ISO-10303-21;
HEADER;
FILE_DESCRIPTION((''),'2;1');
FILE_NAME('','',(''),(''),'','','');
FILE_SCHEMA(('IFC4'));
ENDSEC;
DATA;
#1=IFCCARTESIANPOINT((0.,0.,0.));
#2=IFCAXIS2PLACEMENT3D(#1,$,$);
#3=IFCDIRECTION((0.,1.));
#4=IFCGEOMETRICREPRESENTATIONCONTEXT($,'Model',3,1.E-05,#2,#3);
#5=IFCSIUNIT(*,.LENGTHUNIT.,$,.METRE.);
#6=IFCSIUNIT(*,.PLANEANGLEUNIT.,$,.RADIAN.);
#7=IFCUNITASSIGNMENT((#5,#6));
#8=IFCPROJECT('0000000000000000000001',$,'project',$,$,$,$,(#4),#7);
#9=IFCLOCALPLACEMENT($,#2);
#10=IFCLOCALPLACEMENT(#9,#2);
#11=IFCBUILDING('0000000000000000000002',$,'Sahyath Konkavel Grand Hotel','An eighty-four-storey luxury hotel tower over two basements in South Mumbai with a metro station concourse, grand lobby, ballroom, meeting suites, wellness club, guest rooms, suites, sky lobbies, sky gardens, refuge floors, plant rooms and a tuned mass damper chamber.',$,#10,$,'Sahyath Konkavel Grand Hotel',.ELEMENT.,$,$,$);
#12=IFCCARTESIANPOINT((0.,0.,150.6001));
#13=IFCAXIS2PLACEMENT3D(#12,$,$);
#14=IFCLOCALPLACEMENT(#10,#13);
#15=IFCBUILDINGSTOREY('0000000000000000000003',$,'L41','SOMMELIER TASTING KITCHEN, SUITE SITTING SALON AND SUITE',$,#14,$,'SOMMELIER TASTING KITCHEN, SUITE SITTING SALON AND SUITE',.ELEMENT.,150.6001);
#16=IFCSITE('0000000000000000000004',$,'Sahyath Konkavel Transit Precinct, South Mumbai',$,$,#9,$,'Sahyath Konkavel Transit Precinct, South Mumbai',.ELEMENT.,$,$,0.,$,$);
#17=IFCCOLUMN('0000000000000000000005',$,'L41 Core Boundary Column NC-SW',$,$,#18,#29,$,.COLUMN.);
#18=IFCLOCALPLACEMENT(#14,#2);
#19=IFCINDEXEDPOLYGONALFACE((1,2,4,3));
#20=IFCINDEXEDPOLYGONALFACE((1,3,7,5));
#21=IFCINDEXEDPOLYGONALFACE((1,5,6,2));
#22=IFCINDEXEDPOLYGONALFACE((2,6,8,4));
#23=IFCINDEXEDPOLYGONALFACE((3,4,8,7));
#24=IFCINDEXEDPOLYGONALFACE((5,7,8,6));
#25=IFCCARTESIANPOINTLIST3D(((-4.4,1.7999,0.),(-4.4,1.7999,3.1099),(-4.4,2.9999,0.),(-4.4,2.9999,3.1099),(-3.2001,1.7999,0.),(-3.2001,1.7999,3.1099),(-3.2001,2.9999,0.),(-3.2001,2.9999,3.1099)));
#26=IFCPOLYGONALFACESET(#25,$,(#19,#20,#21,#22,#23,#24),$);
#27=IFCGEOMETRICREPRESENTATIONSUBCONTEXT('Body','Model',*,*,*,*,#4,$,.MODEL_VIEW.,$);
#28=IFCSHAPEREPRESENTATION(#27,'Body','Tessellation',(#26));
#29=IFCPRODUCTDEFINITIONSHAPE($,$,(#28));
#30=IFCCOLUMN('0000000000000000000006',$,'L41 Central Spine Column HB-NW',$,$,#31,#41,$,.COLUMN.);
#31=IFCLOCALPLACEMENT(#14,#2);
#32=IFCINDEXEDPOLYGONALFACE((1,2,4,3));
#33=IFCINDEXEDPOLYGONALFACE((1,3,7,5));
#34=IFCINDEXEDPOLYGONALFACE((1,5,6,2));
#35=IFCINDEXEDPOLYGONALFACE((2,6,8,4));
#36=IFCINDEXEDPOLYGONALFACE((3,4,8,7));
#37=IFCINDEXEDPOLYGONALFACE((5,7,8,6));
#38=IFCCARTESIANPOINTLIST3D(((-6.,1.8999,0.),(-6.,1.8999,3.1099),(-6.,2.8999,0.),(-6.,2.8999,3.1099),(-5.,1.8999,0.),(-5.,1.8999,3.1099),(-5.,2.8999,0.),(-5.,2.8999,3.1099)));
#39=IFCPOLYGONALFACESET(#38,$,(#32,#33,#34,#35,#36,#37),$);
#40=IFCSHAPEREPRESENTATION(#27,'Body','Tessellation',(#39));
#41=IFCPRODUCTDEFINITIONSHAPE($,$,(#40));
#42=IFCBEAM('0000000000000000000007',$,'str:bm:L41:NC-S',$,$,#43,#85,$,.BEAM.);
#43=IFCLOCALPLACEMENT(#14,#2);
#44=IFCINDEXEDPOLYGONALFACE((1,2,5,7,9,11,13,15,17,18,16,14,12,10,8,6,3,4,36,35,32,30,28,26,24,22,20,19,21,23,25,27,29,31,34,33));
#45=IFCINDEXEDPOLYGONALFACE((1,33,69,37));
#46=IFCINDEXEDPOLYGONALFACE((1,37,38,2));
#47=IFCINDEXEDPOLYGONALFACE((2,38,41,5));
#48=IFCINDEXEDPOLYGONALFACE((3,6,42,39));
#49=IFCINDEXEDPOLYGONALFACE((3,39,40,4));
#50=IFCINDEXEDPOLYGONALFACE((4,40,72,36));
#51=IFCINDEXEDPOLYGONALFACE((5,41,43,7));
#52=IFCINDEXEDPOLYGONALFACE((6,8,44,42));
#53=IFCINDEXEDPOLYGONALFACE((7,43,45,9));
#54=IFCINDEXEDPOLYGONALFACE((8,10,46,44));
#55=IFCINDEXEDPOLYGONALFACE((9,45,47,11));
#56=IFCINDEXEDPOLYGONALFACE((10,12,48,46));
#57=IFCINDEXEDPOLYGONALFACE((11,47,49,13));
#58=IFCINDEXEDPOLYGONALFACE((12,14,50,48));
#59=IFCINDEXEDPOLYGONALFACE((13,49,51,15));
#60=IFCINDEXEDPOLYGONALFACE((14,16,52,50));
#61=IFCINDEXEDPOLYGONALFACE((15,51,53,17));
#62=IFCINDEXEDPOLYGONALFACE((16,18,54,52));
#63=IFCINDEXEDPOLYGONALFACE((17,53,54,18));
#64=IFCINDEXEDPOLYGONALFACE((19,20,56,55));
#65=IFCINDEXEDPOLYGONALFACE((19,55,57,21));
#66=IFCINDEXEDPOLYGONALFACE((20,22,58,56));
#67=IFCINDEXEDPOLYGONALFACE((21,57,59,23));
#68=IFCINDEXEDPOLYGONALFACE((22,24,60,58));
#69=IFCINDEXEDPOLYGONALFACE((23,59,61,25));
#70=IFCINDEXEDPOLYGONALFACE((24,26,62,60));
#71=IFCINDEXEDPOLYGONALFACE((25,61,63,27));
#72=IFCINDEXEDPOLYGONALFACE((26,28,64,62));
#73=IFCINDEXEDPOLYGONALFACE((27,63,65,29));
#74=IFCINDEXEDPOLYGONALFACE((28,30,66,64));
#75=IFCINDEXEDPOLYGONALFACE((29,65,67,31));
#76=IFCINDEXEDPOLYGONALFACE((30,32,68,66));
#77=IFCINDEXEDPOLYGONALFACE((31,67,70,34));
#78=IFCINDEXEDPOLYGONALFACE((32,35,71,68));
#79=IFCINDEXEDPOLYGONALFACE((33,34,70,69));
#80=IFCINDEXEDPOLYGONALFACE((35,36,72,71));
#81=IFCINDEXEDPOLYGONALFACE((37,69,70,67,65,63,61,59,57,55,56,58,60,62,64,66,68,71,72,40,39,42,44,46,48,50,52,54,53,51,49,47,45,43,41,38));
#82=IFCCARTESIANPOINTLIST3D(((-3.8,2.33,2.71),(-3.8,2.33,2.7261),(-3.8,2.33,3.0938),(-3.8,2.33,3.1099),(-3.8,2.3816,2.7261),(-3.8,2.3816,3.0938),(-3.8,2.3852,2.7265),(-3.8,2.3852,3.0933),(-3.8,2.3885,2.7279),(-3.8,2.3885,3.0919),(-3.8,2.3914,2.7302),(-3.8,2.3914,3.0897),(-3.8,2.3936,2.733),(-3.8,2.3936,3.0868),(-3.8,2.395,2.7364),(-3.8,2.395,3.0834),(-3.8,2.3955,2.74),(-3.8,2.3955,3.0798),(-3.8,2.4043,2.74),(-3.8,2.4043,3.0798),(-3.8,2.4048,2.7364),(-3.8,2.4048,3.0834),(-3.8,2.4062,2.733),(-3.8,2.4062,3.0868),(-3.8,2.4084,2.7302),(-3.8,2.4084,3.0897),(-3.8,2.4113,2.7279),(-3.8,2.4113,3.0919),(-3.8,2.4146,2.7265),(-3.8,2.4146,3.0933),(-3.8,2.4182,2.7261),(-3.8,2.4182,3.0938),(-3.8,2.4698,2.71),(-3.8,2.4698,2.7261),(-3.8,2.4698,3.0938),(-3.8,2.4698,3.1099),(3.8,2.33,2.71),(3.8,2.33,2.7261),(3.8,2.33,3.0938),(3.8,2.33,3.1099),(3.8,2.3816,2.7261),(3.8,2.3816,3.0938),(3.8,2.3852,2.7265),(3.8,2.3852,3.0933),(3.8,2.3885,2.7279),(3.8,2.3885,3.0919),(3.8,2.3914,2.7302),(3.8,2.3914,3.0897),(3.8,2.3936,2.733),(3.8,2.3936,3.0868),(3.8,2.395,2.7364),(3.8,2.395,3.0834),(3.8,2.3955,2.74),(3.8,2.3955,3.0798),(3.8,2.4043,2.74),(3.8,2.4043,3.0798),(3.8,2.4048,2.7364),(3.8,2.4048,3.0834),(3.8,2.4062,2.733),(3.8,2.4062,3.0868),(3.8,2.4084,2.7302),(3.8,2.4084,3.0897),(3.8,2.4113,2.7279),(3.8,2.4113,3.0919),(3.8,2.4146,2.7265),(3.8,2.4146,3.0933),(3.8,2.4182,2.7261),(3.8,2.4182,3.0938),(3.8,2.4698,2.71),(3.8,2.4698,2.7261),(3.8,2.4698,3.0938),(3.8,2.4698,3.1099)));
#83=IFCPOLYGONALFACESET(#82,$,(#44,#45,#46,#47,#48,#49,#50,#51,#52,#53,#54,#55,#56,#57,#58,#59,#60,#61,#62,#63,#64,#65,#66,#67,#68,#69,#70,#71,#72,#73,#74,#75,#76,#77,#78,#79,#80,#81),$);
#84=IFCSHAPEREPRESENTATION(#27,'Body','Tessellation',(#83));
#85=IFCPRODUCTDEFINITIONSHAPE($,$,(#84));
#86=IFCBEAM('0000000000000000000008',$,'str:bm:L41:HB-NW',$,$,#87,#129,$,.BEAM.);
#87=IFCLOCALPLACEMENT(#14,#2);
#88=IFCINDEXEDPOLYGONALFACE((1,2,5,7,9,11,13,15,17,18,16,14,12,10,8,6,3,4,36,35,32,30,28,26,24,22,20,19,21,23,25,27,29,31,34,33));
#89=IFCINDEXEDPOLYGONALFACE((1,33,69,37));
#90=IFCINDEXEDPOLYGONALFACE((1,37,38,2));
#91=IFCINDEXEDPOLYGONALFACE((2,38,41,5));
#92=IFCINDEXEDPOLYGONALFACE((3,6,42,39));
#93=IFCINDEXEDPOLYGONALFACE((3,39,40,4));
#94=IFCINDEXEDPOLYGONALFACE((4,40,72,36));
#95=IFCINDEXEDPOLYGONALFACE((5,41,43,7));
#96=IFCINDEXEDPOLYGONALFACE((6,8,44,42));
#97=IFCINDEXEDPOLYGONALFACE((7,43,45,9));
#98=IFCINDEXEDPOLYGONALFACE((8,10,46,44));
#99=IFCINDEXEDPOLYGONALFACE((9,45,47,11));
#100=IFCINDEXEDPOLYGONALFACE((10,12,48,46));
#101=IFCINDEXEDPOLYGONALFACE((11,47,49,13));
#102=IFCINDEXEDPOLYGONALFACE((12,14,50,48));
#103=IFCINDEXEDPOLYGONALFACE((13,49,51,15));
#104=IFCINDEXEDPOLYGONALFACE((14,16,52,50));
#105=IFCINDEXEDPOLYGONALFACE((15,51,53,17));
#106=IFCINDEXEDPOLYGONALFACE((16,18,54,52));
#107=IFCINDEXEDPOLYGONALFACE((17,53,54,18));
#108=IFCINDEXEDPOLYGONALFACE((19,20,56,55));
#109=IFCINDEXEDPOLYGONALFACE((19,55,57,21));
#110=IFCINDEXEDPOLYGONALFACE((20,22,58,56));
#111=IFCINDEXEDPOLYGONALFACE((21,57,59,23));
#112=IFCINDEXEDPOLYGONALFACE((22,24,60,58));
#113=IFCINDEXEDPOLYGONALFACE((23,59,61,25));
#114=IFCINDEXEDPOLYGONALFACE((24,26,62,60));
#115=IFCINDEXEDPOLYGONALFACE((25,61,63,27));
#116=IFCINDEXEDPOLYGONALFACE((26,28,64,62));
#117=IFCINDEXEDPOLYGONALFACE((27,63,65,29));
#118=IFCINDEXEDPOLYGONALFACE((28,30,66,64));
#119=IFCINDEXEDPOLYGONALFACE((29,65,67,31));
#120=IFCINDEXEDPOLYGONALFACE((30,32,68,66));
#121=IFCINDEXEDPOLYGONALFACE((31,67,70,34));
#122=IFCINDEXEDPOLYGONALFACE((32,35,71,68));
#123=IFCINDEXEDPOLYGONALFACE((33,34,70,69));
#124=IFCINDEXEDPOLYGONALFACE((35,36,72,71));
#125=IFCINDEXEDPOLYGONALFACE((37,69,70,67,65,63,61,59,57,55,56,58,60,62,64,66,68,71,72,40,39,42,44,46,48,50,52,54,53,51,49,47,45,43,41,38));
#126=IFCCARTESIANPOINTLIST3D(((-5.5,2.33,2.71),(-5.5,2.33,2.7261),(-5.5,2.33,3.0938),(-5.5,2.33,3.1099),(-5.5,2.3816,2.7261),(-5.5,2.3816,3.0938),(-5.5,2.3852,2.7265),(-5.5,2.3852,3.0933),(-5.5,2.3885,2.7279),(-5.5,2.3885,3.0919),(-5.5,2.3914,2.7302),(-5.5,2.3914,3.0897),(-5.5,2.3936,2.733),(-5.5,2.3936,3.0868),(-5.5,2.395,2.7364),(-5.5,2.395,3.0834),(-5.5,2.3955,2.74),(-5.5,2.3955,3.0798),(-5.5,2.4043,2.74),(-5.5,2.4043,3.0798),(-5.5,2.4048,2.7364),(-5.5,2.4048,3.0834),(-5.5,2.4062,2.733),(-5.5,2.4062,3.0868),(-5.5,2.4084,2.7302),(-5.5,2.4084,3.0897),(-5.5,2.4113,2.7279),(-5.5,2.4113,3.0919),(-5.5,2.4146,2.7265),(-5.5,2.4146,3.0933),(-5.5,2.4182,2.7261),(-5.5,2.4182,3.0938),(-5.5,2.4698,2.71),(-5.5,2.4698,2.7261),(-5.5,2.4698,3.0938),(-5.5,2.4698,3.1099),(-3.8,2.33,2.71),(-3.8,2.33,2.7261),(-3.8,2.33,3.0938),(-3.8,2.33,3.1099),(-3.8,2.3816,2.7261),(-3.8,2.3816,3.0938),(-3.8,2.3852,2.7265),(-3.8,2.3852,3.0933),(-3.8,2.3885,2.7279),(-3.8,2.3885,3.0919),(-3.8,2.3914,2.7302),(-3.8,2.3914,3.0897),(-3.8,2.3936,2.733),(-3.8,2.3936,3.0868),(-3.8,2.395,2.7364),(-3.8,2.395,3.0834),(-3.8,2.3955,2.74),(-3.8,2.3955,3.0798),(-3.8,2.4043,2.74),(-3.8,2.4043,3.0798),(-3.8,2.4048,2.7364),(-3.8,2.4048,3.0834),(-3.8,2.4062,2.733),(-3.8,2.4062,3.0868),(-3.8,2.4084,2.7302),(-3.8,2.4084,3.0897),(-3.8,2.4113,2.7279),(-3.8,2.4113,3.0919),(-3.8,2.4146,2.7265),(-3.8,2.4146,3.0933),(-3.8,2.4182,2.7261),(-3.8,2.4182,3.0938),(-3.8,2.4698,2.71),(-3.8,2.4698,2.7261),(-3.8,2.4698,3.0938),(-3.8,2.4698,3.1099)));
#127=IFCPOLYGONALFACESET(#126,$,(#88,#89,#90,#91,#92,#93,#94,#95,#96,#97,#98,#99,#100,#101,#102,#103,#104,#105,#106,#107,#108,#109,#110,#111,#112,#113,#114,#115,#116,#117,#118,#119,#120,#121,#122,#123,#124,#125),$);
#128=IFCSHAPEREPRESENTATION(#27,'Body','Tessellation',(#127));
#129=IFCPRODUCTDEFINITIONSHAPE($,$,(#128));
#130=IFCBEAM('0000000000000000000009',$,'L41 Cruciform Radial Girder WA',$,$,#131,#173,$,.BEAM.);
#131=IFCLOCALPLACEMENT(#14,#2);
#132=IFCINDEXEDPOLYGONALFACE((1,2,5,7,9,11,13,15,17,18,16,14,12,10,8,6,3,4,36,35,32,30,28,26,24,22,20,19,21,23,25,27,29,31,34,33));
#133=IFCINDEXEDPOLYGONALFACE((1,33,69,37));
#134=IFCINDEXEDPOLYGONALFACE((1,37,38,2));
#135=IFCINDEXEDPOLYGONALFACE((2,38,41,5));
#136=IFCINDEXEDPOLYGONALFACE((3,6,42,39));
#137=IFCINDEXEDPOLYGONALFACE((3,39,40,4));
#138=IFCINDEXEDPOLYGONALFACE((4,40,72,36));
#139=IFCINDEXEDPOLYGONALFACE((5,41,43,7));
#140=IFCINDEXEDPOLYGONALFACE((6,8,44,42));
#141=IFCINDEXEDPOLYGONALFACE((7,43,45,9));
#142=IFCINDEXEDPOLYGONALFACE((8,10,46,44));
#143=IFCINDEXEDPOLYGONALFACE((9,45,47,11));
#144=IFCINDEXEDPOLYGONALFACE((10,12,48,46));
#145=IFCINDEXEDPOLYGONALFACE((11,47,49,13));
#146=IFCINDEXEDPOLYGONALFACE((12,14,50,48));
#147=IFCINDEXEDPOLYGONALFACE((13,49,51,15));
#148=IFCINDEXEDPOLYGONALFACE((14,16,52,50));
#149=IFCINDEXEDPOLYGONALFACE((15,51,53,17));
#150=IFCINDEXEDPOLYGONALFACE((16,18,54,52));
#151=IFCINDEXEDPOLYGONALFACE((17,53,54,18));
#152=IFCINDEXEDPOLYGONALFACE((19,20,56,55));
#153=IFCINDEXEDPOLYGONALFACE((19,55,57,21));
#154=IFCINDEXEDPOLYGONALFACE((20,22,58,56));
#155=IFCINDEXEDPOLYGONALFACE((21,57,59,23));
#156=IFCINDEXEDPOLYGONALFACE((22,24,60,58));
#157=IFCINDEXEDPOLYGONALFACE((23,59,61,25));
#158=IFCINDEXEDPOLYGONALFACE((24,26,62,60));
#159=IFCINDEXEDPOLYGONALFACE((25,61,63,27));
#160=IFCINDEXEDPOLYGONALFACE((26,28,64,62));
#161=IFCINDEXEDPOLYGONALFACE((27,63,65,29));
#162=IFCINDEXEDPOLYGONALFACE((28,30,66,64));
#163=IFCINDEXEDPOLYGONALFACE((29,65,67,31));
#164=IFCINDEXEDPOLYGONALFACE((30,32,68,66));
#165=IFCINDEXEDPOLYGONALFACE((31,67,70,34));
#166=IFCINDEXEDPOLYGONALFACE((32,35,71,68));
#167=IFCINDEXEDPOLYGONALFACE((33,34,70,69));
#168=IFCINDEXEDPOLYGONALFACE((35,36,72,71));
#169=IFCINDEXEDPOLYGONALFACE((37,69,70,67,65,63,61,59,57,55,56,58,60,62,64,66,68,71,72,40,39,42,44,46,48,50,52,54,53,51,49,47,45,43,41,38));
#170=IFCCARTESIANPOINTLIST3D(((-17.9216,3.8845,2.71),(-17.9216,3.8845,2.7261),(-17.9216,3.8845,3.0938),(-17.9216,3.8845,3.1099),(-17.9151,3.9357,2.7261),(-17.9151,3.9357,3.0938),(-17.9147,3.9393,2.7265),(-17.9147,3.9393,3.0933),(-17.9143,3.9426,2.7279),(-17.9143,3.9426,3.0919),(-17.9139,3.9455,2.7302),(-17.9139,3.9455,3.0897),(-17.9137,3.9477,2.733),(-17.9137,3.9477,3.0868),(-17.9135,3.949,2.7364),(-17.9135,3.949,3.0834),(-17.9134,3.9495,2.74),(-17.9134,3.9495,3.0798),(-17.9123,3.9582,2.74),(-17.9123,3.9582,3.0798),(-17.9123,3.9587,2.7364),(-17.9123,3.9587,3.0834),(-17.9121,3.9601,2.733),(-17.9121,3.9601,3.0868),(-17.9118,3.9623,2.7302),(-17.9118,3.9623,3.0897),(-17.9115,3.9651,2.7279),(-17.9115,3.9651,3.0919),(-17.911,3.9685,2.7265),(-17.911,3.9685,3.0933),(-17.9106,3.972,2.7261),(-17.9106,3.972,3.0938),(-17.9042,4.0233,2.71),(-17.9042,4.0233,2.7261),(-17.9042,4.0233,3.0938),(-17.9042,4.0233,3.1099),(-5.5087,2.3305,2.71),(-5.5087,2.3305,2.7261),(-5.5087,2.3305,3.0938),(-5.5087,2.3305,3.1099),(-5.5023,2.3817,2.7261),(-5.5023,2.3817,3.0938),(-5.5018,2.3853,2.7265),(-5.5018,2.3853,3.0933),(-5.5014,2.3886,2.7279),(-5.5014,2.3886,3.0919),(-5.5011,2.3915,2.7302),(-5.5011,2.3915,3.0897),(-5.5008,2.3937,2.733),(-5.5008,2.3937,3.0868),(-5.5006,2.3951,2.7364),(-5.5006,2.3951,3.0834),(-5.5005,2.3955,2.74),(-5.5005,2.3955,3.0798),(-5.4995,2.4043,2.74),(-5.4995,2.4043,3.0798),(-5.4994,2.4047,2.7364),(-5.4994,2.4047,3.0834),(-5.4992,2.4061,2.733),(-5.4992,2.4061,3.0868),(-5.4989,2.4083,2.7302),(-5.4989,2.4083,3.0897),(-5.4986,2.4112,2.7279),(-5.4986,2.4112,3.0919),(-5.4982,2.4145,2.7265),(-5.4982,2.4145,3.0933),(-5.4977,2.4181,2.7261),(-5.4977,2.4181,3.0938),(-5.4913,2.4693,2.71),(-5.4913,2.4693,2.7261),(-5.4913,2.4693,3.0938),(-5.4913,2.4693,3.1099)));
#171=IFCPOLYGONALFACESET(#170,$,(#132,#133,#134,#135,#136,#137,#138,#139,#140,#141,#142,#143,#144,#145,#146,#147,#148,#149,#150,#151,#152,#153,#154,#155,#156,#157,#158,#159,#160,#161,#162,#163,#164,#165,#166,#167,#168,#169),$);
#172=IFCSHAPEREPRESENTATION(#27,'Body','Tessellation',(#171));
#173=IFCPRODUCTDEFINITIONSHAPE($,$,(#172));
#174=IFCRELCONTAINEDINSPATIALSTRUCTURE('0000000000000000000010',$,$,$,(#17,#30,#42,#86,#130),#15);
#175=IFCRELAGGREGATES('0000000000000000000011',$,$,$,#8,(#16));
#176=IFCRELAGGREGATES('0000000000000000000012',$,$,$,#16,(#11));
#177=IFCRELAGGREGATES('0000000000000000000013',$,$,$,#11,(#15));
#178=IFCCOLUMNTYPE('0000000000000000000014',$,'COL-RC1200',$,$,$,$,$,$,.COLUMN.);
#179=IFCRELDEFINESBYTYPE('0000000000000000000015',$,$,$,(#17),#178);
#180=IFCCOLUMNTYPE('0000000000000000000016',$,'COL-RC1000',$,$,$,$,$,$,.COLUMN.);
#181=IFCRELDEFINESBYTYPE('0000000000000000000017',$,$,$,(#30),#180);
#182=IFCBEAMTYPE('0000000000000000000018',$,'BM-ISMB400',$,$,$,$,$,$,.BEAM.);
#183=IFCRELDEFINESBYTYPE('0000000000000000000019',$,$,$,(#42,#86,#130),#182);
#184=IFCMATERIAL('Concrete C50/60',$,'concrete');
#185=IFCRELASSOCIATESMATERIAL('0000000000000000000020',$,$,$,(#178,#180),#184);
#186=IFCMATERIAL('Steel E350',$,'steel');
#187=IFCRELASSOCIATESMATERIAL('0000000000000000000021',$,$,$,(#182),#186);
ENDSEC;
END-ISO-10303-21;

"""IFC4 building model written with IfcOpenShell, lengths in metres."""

from ifc_helpers import new_model, si_unit, direction, frame, origin, origin_2d, place, context, subcontext, project, spatial, rectangle, i_section, extrude, source, transform, mapped, material, material_profile, profile_set, type_object, element, save


model = new_model("IFC4")

# Units and contexts
model_context = context("Model", 3, precision=1e-05, world=origin(), true_north=direction((0.0, 1.0)))
body_context = subcontext(model_context, "Body", "Model", "MODEL_VIEW")
ifc_project = project(units=[si_unit("LENGTHUNIT", "METRE"), si_unit("PLANEANGLEUNIT", "RADIAN")], contexts=[model_context])

# Site, building, storey
site_placement = place(None, origin())
site = spatial("IfcSite", under=ifc_project, at=site_placement, Name="Sahyath Konkavel Transit Precinct, South Mumbai", LongName="Sahyath Konkavel Transit Precinct, South Mumbai", CompositionType="ELEMENT", RefElevation=0.0)
building_placement = place(site_placement, origin())
building = spatial("IfcBuilding", under=site, at=building_placement, Name="Sahyath Konkavel Grand Hotel", Description="An eighty-four-storey luxury hotel tower over two basements in South Mumbai with a metro station concourse, grand lobby, ballroom, meeting suites, wellness club, guest rooms, suites, sky lobbies, sky gardens, refuge floors, plant rooms and a tuned mass damper chamber.", LongName="Sahyath Konkavel Grand Hotel", CompositionType="ELEMENT")
storey_placement = place(building_placement, frame((0.0, 0.0, 150.6001)))
storey = spatial("IfcBuildingStorey", under=building, at=storey_placement, Name="L41", Description="SOMMELIER TASTING KITCHEN, SUITE SITTING SALON AND SUITE", LongName="SOMMELIER TASTING KITCHEN, SUITE SITTING SALON AND SUITE", CompositionType="ELEMENT", Elevation=150.6001)

# Columns
ifc_material_1 = material(Name="Concrete C50/60", Category="concrete")
ifc_material_profile_1 = material_profile(ifc_material_1, rectangle(XDim=1.2, YDim=1.2, at=origin_2d()), Name="RC 1200x1200")
ifc_profile_set_1 = profile_set([ifc_material_profile_1], Name="Concrete C50/60")
column_type_1 = type_object("IfcColumnType", Name="COL-RC1200", PredefinedType="COLUMN", material=ifc_profile_set_1)
shared_shape_1 = source(origin(), body_context, "Body", "SweptSolid", [
    extrude(rectangle(XDim=1.2, YDim=1.2, at=origin_2d()), origin(), (0.0, 0.0, 1.0), 3.1099),
])
column_1_placement = place(storey_placement, frame((-3.8, 2.3999, 0.0), z_axis=(0.0, 0.0, 1.0), x_axis=(1.0, 0.0, 0.0)))
element("IfcColumn", 1, at=column_1_placement, inside=storey, type_object=column_type_1, Name="L41 Core Boundary Column NC-SW", PredefinedType="COLUMN", context=body_context, shape_type="MappedRepresentation", body=[
    mapped(shared_shape_1, transform((0.0, 0.0, 0.0), scale=1.0)),
])
ifc_material_profile_2 = material_profile(ifc_material_1, rectangle(XDim=1.0, YDim=1.0, at=origin_2d()), Name="RC 1000x1000")
ifc_profile_set_2 = profile_set([ifc_material_profile_2], Name="Concrete C50/60")
column_type_2 = type_object("IfcColumnType", Name="COL-RC1000", PredefinedType="COLUMN", material=ifc_profile_set_2)
shared_shape_2 = source(origin(), body_context, "Body", "SweptSolid", [
    extrude(rectangle(XDim=1.0, YDim=1.0, at=origin_2d()), origin(), (0.0, 0.0, 1.0), 3.1099),
])
column_2_placement = place(storey_placement, frame((-5.5, 2.3999, 0.0), z_axis=(0.0, 0.0, 1.0), x_axis=(1.0, 0.0, 0.0)))
element("IfcColumn", 2, at=column_2_placement, inside=storey, type_object=column_type_2, Name="L41 Central Spine Column HB-NW", PredefinedType="COLUMN", context=body_context, shape_type="MappedRepresentation", body=[
    mapped(shared_shape_2, transform((0.0, 0.0, 0.0), scale=1.0)),
])

# Beams
ifc_material_2 = material(Name="Steel E350", Category="steel")
ifc_material_profile_3 = material_profile(ifc_material_2, i_section(OverallWidth=0.1399, OverallDepth=0.3999, WebThickness=0.0088, FlangeThickness=0.0161, FilletRadius=0.0139, at=origin_2d()), Name="ISMB 400")
ifc_profile_set_3 = profile_set([ifc_material_profile_3], Name="Steel E350")
beam_type = type_object("IfcBeamType", Name="BM-ISMB400", PredefinedType="BEAM", material=ifc_profile_set_3)
shared_shape_3 = source(origin(), body_context, "Body", "SweptSolid", [
    extrude(i_section(OverallWidth=0.1399, OverallDepth=0.3999, WebThickness=0.0088, FlangeThickness=0.0161, FilletRadius=0.0139, at=origin_2d()), origin(), (0.0, 0.0, 1.0), 7.6001),
])
beam_1_placement = place(storey_placement, frame((-3.8, 2.3999, 2.9099), z_axis=(1.0, 0.0, 0.0), x_axis=(0.0, 1.0, 0.0)))
element("IfcBeam", 3, at=beam_1_placement, inside=storey, type_object=beam_type, Name="str:bm:L41:NC-S", PredefinedType="BEAM", context=body_context, shape_type="MappedRepresentation", body=[
    mapped(shared_shape_3, transform((0.0, 0.0, 0.0), scale=1.0)),
])
shared_shape_4 = source(origin(), body_context, "Body", "SweptSolid", [
    extrude(i_section(OverallWidth=0.1399, OverallDepth=0.3999, WebThickness=0.0088, FlangeThickness=0.0161, FilletRadius=0.0139, at=origin_2d()), origin(), (0.0, 0.0, 1.0), 1.7),
])
beam_2_placement = place(storey_placement, frame((-5.5, 2.3999, 2.9099), z_axis=(1.0, 0.0, 0.0), x_axis=(0.0, 1.0, 0.0)))
element("IfcBeam", 4, at=beam_2_placement, inside=storey, type_object=beam_type, Name="str:bm:L41:HB-NW", PredefinedType="BEAM", context=body_context, shape_type="MappedRepresentation", body=[
    mapped(shared_shape_4, transform((0.0, 0.0, 0.0), scale=1.0)),
])
shared_shape_5 = source(origin(), body_context, "Body", "SweptSolid", [
    extrude(i_section(OverallWidth=0.1399, OverallDepth=0.3999, WebThickness=0.0088, FlangeThickness=0.0161, FilletRadius=0.0139, at=origin_2d()), origin(), (0.0, 0.0, 1.0), 12.5098),
])
beam_3_placement = place(storey_placement, frame((-5.5, 2.3999, 2.9099), z_axis=(-0.992255, 0.12422, 0.0), x_axis=(-0.12422, -0.992255, 0.0)))
element("IfcBeam", 5, at=beam_3_placement, inside=storey, type_object=beam_type, Name="L41 Cruciform Radial Girder WA", PredefinedType="BEAM", context=body_context, shape_type="MappedRepresentation", body=[
    mapped(shared_shape_5, transform((0.0, 0.0, 0.0), scale=1.0)),
])

save(model, "model.ifc")
